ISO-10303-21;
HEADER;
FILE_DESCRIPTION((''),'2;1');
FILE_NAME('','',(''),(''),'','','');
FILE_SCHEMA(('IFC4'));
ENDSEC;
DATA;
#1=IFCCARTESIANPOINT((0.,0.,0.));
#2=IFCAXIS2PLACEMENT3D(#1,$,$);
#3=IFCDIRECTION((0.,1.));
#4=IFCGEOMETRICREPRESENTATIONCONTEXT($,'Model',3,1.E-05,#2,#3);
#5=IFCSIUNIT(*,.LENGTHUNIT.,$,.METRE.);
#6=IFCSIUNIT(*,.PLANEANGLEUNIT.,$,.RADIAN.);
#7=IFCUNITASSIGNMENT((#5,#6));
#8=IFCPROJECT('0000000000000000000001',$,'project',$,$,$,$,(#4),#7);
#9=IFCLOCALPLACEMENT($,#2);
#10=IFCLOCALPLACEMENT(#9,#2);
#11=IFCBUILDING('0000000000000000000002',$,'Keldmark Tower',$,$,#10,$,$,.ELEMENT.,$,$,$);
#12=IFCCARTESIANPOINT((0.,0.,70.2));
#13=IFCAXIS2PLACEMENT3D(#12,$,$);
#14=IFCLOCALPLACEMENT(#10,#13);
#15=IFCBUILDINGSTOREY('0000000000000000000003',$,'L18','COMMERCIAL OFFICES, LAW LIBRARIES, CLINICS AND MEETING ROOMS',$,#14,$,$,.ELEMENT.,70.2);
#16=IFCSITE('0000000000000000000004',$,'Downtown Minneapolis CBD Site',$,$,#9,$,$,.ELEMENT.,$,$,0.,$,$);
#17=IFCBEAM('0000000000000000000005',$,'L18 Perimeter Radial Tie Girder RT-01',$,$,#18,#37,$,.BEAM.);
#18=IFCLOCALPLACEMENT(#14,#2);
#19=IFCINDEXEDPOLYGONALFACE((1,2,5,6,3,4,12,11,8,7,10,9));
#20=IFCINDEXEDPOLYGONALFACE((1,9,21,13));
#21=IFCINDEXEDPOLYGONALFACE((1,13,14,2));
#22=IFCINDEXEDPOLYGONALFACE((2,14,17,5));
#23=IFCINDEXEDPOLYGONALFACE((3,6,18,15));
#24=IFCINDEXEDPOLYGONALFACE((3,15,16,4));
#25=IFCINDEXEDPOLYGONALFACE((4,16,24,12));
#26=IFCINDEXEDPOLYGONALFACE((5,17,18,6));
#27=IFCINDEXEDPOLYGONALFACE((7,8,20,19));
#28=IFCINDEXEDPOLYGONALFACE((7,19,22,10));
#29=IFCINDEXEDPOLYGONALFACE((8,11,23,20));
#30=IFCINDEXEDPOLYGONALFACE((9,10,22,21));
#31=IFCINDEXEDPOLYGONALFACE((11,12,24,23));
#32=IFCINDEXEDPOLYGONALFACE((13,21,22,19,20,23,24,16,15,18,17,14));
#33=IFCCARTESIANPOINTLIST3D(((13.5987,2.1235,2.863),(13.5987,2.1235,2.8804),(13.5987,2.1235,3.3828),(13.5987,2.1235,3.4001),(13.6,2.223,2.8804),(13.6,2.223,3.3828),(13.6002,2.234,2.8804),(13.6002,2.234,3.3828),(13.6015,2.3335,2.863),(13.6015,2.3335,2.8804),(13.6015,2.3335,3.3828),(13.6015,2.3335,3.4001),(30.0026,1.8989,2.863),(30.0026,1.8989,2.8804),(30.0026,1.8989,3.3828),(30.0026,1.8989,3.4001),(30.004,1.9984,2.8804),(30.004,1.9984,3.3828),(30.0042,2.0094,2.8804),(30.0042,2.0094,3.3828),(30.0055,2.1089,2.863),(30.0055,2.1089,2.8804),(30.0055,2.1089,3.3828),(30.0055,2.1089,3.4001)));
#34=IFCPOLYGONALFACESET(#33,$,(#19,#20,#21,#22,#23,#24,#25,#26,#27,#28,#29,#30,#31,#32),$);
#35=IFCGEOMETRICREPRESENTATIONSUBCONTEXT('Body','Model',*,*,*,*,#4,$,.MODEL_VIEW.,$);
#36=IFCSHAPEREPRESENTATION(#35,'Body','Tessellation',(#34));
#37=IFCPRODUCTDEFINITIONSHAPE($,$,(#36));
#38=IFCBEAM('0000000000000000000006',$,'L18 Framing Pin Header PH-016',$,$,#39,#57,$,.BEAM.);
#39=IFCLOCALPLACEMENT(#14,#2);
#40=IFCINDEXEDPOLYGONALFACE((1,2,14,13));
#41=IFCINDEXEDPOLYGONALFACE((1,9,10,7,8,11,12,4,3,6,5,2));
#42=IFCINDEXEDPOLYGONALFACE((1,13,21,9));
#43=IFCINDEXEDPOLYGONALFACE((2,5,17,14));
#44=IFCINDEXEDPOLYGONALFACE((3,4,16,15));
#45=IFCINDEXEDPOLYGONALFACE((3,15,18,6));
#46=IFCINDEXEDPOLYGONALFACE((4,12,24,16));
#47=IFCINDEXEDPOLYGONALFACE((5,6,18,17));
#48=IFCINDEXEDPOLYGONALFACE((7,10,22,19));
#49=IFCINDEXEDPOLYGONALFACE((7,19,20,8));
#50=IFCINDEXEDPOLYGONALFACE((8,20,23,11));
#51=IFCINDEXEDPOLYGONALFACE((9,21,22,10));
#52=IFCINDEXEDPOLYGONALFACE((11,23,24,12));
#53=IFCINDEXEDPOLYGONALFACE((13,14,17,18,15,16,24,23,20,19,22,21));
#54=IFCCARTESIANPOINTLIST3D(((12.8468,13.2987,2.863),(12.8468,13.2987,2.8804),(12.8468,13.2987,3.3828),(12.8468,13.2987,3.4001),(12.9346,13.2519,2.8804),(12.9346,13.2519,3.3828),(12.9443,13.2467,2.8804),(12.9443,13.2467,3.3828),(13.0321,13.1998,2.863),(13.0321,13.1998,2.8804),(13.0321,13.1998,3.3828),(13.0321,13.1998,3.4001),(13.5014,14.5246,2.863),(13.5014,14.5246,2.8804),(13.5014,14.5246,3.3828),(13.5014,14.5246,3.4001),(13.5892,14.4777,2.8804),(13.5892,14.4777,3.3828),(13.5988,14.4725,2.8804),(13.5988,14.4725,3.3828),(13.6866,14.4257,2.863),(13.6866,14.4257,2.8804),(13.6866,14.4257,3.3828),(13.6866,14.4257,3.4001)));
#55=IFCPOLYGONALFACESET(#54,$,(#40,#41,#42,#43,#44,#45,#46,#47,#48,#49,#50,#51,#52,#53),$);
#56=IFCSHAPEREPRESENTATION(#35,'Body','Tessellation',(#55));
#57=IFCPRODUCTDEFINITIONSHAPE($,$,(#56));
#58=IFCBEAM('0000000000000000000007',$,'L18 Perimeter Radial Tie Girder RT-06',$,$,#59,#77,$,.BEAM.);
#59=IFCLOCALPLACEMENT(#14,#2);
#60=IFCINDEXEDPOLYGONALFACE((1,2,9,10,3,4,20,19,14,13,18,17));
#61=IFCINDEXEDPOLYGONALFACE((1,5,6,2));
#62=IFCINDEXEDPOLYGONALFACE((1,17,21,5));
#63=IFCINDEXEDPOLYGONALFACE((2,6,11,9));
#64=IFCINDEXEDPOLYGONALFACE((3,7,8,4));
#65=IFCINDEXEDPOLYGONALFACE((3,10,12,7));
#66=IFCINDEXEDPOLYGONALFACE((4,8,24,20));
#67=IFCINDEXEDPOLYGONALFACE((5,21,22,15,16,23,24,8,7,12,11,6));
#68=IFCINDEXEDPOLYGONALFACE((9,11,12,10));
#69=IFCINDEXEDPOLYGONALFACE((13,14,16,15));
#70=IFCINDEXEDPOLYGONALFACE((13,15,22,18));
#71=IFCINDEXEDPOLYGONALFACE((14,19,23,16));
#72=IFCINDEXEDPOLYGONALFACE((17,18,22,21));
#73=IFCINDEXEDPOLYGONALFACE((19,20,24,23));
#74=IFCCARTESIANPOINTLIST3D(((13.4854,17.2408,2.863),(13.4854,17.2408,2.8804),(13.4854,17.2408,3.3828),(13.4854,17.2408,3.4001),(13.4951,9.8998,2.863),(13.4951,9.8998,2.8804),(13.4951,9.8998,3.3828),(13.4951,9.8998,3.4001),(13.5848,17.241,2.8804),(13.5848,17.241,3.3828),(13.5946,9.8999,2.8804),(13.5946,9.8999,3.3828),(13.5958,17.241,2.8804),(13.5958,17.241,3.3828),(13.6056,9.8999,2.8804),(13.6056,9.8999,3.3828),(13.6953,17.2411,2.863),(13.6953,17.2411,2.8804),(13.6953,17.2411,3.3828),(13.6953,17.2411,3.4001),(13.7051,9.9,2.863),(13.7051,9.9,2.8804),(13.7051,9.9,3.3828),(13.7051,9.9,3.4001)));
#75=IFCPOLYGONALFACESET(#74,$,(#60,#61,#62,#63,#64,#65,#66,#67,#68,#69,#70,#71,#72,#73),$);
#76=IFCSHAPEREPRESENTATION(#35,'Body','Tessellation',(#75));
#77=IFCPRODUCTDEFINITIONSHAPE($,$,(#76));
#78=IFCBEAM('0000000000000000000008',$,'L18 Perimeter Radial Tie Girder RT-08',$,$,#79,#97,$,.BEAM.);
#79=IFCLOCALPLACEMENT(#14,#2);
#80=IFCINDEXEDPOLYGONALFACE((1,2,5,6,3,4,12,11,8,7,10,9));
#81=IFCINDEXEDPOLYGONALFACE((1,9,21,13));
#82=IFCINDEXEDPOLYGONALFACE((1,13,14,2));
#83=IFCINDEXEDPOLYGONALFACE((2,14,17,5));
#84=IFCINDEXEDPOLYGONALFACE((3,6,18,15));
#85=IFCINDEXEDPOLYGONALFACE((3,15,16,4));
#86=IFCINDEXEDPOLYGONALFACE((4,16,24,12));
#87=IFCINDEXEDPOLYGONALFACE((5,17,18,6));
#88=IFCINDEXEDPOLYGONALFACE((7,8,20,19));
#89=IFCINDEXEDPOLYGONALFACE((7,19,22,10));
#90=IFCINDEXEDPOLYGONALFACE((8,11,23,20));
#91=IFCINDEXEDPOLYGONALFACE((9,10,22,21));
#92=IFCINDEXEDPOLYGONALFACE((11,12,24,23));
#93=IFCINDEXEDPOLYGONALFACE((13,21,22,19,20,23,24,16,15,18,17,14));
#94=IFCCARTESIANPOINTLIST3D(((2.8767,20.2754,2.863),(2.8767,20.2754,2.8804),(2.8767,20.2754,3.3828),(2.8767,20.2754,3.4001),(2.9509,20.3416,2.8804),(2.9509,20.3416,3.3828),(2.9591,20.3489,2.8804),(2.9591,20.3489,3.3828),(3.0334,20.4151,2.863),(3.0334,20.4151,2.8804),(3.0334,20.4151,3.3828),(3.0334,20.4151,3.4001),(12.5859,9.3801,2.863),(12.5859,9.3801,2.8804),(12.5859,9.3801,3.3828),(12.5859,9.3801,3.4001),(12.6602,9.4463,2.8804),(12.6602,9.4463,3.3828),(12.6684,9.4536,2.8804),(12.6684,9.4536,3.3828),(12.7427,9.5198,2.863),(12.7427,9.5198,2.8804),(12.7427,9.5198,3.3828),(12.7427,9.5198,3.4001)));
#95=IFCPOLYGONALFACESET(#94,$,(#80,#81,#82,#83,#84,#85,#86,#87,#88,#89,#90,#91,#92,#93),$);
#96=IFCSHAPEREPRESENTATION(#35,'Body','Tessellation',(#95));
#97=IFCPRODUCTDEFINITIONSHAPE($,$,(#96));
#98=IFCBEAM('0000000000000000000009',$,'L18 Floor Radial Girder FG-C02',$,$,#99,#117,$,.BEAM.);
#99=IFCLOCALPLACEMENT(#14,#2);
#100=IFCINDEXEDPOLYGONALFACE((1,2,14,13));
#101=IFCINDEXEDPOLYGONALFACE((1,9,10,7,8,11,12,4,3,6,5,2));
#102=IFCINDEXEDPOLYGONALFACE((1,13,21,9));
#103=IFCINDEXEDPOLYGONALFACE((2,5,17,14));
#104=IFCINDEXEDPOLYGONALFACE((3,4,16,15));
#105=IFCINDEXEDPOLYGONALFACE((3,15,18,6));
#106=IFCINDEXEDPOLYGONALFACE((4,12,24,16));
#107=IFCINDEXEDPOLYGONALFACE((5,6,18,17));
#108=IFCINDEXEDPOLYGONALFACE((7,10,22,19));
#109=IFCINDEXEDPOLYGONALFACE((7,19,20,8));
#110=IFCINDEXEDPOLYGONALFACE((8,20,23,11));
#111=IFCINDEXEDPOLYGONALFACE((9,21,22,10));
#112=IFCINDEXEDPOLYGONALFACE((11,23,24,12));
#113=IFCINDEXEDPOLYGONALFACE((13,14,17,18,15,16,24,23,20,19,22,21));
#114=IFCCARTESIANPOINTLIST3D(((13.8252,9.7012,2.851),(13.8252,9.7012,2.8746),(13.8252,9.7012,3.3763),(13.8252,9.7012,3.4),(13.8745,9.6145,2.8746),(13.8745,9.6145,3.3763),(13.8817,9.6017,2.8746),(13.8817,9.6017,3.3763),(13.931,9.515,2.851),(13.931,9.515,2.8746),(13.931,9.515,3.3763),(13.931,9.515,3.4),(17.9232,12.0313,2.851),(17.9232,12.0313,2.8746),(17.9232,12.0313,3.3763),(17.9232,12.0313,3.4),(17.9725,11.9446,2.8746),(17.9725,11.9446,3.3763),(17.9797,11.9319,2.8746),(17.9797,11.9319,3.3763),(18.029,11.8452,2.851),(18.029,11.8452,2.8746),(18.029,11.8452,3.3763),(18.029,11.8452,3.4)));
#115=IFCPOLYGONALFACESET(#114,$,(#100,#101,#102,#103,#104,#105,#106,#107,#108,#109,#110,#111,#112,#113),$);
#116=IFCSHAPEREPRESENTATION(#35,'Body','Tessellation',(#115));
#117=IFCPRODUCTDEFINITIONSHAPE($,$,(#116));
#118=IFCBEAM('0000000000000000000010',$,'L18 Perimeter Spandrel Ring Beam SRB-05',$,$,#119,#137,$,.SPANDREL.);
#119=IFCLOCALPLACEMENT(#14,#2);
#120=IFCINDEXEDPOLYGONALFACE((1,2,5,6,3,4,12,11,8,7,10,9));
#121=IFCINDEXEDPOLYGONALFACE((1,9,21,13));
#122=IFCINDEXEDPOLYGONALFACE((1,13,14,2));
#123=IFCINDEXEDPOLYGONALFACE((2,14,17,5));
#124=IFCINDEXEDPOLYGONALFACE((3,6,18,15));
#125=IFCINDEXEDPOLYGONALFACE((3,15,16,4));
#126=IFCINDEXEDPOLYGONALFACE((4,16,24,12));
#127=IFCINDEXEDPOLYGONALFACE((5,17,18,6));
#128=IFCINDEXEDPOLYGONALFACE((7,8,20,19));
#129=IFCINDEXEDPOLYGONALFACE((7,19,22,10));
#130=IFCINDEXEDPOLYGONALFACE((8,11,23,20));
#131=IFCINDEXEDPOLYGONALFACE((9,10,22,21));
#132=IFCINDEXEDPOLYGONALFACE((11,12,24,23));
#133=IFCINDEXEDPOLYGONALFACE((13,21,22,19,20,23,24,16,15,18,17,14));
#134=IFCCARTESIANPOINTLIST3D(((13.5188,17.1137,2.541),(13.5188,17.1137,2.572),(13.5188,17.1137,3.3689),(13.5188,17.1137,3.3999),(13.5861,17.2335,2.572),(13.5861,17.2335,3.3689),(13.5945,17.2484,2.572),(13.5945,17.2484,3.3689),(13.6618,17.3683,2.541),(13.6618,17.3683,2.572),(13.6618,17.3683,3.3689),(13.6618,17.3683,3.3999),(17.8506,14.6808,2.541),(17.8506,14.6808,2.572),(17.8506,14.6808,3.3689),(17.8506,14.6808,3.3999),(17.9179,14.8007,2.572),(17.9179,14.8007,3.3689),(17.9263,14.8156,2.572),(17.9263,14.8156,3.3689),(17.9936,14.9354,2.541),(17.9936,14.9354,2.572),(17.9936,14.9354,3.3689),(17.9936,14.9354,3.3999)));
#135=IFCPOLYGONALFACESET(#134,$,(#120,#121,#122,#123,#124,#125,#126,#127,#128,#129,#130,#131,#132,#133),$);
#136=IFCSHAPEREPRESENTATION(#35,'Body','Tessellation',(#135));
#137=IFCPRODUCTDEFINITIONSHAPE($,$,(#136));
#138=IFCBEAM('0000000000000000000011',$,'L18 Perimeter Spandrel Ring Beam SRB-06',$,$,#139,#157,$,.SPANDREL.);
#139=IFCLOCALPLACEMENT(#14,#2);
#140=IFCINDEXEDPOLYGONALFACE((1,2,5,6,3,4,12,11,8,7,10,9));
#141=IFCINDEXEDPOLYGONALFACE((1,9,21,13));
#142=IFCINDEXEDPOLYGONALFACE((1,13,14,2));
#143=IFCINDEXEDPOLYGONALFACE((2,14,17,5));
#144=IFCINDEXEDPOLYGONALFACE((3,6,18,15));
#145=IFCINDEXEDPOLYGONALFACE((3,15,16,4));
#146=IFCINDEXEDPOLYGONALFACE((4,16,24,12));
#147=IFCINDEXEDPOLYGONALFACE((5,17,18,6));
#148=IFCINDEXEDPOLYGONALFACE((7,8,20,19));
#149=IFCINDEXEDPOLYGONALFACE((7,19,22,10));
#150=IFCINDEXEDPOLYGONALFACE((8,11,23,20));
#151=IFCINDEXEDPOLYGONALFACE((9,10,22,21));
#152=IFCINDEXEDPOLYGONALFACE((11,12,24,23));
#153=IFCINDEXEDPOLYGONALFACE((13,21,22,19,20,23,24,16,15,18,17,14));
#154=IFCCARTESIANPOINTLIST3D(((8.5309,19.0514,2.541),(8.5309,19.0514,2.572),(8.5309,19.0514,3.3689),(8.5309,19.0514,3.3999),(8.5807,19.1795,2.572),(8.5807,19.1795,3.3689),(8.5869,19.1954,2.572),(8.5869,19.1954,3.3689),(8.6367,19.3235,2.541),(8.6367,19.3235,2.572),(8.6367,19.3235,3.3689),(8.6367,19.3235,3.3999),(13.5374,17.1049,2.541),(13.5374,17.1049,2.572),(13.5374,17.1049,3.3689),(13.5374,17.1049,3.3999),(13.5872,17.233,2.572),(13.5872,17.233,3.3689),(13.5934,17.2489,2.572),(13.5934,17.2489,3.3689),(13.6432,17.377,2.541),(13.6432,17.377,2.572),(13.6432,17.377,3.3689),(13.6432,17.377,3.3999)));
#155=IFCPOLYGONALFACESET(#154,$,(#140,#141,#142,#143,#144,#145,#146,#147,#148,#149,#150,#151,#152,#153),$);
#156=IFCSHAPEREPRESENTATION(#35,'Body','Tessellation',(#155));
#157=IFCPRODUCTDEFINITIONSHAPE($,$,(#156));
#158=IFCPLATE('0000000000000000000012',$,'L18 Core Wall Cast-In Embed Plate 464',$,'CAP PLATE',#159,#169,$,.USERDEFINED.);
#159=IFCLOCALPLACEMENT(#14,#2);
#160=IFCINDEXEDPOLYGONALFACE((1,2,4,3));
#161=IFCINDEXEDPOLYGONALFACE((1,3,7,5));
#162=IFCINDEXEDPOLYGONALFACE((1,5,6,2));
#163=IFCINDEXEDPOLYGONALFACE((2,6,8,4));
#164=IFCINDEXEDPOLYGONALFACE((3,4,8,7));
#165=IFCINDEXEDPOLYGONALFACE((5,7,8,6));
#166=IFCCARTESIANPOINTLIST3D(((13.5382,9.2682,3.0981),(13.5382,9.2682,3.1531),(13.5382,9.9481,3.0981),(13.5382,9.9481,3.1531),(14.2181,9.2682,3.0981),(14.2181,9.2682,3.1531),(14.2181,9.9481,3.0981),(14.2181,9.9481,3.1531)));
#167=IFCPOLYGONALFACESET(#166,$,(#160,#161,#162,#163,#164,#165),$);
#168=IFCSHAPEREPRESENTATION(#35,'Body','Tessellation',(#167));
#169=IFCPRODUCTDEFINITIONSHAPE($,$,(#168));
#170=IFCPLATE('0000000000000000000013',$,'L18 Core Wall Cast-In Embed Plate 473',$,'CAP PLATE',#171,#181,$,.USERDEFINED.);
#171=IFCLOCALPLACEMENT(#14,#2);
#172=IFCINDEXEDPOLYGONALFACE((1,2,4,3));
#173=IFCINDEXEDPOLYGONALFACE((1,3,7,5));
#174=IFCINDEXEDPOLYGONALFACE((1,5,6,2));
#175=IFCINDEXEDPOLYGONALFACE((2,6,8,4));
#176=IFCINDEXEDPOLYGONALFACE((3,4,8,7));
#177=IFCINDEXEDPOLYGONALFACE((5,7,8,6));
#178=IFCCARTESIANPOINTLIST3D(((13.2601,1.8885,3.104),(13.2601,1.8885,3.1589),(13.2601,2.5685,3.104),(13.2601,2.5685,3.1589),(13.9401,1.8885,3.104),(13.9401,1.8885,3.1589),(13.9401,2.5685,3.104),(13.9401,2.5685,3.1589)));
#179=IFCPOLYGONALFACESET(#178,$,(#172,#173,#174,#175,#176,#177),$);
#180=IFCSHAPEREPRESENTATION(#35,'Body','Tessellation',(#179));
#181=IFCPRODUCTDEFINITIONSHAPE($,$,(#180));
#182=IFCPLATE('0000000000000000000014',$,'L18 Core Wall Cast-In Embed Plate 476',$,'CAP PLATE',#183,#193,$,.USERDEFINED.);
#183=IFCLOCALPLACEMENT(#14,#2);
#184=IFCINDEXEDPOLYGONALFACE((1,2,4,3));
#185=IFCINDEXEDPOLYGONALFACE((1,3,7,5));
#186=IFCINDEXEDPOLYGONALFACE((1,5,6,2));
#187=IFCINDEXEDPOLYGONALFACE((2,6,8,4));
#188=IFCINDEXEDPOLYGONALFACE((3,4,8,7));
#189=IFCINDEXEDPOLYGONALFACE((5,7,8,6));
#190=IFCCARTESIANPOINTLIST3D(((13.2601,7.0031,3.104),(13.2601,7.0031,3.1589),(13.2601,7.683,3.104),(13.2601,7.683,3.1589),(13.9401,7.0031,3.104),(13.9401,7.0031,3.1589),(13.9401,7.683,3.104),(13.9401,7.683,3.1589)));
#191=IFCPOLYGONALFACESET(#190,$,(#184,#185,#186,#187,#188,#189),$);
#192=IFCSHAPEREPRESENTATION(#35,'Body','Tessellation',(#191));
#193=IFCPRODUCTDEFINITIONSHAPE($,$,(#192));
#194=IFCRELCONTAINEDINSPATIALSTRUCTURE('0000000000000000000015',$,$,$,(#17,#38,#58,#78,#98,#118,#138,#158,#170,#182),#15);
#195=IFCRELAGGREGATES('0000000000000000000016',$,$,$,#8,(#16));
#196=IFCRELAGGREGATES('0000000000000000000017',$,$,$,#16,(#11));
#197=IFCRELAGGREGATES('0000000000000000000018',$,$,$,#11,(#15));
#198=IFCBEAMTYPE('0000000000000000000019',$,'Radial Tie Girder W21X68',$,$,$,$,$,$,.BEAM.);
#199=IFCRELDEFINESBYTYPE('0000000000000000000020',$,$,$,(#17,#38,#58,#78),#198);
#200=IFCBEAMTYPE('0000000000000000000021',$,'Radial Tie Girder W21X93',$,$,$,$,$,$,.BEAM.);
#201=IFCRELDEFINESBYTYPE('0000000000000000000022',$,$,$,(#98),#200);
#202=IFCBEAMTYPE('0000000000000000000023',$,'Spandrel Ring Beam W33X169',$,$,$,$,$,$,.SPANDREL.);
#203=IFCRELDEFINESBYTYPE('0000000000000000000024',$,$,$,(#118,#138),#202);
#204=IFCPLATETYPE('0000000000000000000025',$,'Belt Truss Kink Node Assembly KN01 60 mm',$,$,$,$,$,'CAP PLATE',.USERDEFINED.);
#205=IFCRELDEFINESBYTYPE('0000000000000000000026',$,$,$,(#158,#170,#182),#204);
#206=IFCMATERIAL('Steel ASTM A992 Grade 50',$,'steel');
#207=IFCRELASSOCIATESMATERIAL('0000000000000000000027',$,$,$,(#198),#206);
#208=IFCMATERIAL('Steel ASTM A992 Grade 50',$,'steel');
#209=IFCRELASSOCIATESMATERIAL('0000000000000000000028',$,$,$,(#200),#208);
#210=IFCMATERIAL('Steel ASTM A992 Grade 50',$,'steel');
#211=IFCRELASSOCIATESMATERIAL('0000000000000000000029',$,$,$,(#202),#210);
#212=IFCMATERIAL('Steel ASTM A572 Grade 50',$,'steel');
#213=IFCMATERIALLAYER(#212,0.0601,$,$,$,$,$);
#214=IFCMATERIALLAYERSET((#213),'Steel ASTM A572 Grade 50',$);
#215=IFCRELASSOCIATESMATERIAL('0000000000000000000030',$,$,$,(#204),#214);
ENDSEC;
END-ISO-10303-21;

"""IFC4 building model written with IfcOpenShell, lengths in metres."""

from ifc_helpers import new_model, si_unit, direction, frame, origin, origin_2d, place, context, subcontext, project, spatial, rectangle, i_section, extrude, material, layer, layer_set, material_profile, profile_set, type_object, element, save


model = new_model("IFC4")

# Units and contexts
model_context = context("Model", 3, precision=1e-05, world=origin(), true_north=direction((0.0, 1.0)))
body_context = subcontext(model_context, "Body", "Model", "MODEL_VIEW")
ifc_project = project(units=[si_unit("LENGTHUNIT", "METRE"), si_unit("PLANEANGLEUNIT", "RADIAN")], contexts=[model_context])

# Site, building, storey
site_placement = place(None, origin())
site = spatial("IfcSite", under=ifc_project, at=site_placement, Name="Downtown Minneapolis CBD Site", CompositionType="ELEMENT", RefElevation=0.0)
building_placement = place(site_placement, origin())
building = spatial("IfcBuilding", under=site, at=building_placement, Name="Keldmark Tower", CompositionType="ELEMENT")
storey_placement = place(building_placement, frame((0.0, 0.0, 70.2)))
storey = spatial("IfcBuildingStorey", under=building, at=storey_placement, Name="L18", Description="COMMERCIAL OFFICES, LAW LIBRARIES, CLINICS AND MEETING ROOMS", CompositionType="ELEMENT", Elevation=70.2)

# Beams
ifc_material_1 = material(Name="Steel ASTM A992 Grade 50", Category="steel")
ifc_material_profile_1 = material_profile(ifc_material_1, i_section(OverallWidth=0.21, OverallDepth=0.5371, WebThickness=0.011, FlangeThickness=0.0173, at=origin_2d()), Name="W21X68")
ifc_profile_set_1 = profile_set([ifc_material_profile_1], Name="Steel ASTM A992 Grade 50")
beam_type_1 = type_object("IfcBeamType", Name="Radial Tie Girder W21X68", PredefinedType="BEAM", material=ifc_profile_set_1)
beam_1_placement = place(storey_placement, frame((13.6001, 2.2285, 3.1316), z_axis=(0.999906, -0.013691, 0.0), x_axis=(0.013691, 0.999906, 0.0)))
element("IfcBeam", 1, at=beam_1_placement, inside=storey, type_object=beam_type_1, Name="L18 Perimeter Radial Tie Girder RT-01", PredefinedType="BEAM", context=body_context, shape_type="SweptSolid", body=[
    extrude(i_section(OverallWidth=0.21, OverallDepth=0.5371, WebThickness=0.011, FlangeThickness=0.0173, at=origin_2d()), origin(), (0.0, 0.0, 1.0), 16.4055),
])
beam_2_placement = place(storey_placement, frame((12.9395, 13.2493, 3.1316), z_axis=(0.471017, 0.882124, 0.0), x_axis=(-0.882124, 0.471017, 0.0)))
element("IfcBeam", 2, at=beam_2_placement, inside=storey, type_object=beam_type_1, Name="L18 Framing Pin Header PH-016", PredefinedType="BEAM", context=body_context, shape_type="SweptSolid", body=[
    extrude(i_section(OverallWidth=0.21, OverallDepth=0.5371, WebThickness=0.011, FlangeThickness=0.0173, at=origin_2d()), origin(), (0.0, 0.0, 1.0), 1.3896),
])
beam_3_placement = place(storey_placement, frame((13.6001, 9.8999, 3.1316), z_axis=(-0.00133, 0.999999, 0.0), x_axis=(-0.999999, -0.00133, 0.0)))
element("IfcBeam", 3, at=beam_3_placement, inside=storey, type_object=beam_type_1, Name="L18 Perimeter Radial Tie Girder RT-06", PredefinedType="BEAM", context=body_context, shape_type="SweptSolid", body=[
    extrude(i_section(OverallWidth=0.21, OverallDepth=0.5371, WebThickness=0.011, FlangeThickness=0.0173, at=origin_2d()), origin(), (0.0, 0.0, 1.0), 7.3411),
])
beam_4_placement = place(storey_placement, frame((12.6643, 9.45, 3.1316), z_axis=(-0.665303, 0.746573, 0.0), x_axis=(-0.746573, -0.665303, 0.0)))
element("IfcBeam", 4, at=beam_4_placement, inside=storey, type_object=beam_type_1, Name="L18 Perimeter Radial Tie Girder RT-08", PredefinedType="BEAM", context=body_context, shape_type="SweptSolid", body=[
    extrude(i_section(OverallWidth=0.21, OverallDepth=0.5371, WebThickness=0.011, FlangeThickness=0.0173, at=origin_2d()), origin(), (0.0, 0.0, 1.0), 14.5938),
])
ifc_material_2 = material(Name="Steel ASTM A992 Grade 50", Category="steel")
ifc_material_profile_2 = material_profile(ifc_material_2, i_section(OverallWidth=0.2141, OverallDepth=0.5491, WebThickness=0.0146, FlangeThickness=0.0237, at=origin_2d()), Name="W21X93")
ifc_profile_set_2 = profile_set([ifc_material_profile_2], Name="Steel ASTM A992 Grade 50")
beam_type_2 = type_object("IfcBeamType", Name="Radial Tie Girder W21X93", PredefinedType="BEAM", material=ifc_profile_set_2)
beam_5_placement = place(storey_placement, frame((17.9761, 11.9382, 3.1255), z_axis=(-0.869299, -0.494286, 0.0), x_axis=(0.494286, -0.869299, 0.0)))
element("IfcBeam", 5, at=beam_5_placement, inside=storey, type_object=beam_type_2, Name="L18 Floor Radial Girder FG-C02", PredefinedType="BEAM", context=body_context, shape_type="SweptSolid", body=[
    extrude(i_section(OverallWidth=0.2141, OverallDepth=0.5491, WebThickness=0.0146, FlangeThickness=0.0237, at=origin_2d()), origin(), (0.0, 0.0, 1.0), 4.7141),
])
ifc_material_3 = material(Name="Steel ASTM A992 Grade 50", Category="steel")
ifc_material_profile_3 = material_profile(ifc_material_3, i_section(OverallWidth=0.292, OverallDepth=0.8589, WebThickness=0.0171, FlangeThickness=0.031, at=origin_2d()), Name="W33X169")
ifc_profile_set_3 = profile_set([ifc_material_profile_3], Name="Steel ASTM A992 Grade 50")
beam_type_3 = type_object("IfcBeamType", Name="Spandrel Ring Beam W33X169", PredefinedType="SPANDREL", material=ifc_profile_set_3)
beam_6_placement = place(storey_placement, frame((17.9221, 14.8081, 2.9705), z_axis=(-0.871899, 0.489685, 0.0), x_axis=(-0.489685, -0.871899, 0.0)))
element("IfcBeam", 6, at=beam_6_placement, inside=storey, type_object=beam_type_3, Name="L18 Perimeter Spandrel Ring Beam SRB-05", PredefinedType="SPANDREL", context=body_context, shape_type="SweptSolid", body=[
    extrude(i_section(OverallWidth=0.292, OverallDepth=0.8589, WebThickness=0.0171, FlangeThickness=0.031, at=origin_2d()), origin(), (0.0, 0.0, 1.0), 4.9683),
])
beam_7_placement = place(storey_placement, frame((13.5903, 17.241, 2.9705), z_axis=(-0.932035, 0.362369, 0.0), x_axis=(-0.362369, -0.932035, 0.0)))
element("IfcBeam", 7, at=beam_7_placement, inside=storey, type_object=beam_type_3, Name="L18 Perimeter Spandrel Ring Beam SRB-06", PredefinedType="SPANDREL", context=body_context, shape_type="SweptSolid", body=[
    extrude(i_section(OverallWidth=0.292, OverallDepth=0.8589, WebThickness=0.0171, FlangeThickness=0.031, at=origin_2d()), origin(), (0.0, 0.0, 1.0), 5.3716),
])

# Plates
ifc_material_4 = material(Name="Steel ASTM A572 Grade 50", Category="steel")
ifc_layer_1 = layer(ifc_material_4, 0.0601)
ifc_layer_set_1 = layer_set([ifc_layer_1], Name="Steel ASTM A572 Grade 50")
plate_type_1 = type_object("IfcPlateType", Name="Belt Truss Kink Node Assembly KN01 60 mm", ElementType="CAP PLATE", PredefinedType="USERDEFINED", material=ifc_layer_set_1)
for number, where, z_axis, x_axis, name in (
    (8, (13.8782, 9.6082, 3.0981), (0.0, 0.0, 1.0), (1.0, 0.0, 0.0), "L18 Core Wall Cast-In Embed Plate 464"),
    (9, (13.6001, 2.2285, 3.104), (0.0, 0.0, 1.0), (1.0, 0.0, 0.0), "L18 Core Wall Cast-In Embed Plate 473"),
    (10, (13.6001, 7.343, 3.104), (0.0, 0.0, 1.0), (1.0, 0.0, 0.0), "L18 Core Wall Cast-In Embed Plate 476"),
):
    element("IfcPlate", number, at=place(storey_placement, frame(where, z_axis=z_axis, x_axis=x_axis)), inside=storey, type_object=plate_type_1, Name=name, ObjectType="CAP PLATE", PredefinedType="USERDEFINED", context=body_context, shape_type="SweptSolid", body=[
        extrude(rectangle(XDim=0.6799, YDim=0.6799, at=origin_2d()), origin(), (0.0, 0.0, 1.0), 0.0549),
    ])

save(model, "model.ifc")
